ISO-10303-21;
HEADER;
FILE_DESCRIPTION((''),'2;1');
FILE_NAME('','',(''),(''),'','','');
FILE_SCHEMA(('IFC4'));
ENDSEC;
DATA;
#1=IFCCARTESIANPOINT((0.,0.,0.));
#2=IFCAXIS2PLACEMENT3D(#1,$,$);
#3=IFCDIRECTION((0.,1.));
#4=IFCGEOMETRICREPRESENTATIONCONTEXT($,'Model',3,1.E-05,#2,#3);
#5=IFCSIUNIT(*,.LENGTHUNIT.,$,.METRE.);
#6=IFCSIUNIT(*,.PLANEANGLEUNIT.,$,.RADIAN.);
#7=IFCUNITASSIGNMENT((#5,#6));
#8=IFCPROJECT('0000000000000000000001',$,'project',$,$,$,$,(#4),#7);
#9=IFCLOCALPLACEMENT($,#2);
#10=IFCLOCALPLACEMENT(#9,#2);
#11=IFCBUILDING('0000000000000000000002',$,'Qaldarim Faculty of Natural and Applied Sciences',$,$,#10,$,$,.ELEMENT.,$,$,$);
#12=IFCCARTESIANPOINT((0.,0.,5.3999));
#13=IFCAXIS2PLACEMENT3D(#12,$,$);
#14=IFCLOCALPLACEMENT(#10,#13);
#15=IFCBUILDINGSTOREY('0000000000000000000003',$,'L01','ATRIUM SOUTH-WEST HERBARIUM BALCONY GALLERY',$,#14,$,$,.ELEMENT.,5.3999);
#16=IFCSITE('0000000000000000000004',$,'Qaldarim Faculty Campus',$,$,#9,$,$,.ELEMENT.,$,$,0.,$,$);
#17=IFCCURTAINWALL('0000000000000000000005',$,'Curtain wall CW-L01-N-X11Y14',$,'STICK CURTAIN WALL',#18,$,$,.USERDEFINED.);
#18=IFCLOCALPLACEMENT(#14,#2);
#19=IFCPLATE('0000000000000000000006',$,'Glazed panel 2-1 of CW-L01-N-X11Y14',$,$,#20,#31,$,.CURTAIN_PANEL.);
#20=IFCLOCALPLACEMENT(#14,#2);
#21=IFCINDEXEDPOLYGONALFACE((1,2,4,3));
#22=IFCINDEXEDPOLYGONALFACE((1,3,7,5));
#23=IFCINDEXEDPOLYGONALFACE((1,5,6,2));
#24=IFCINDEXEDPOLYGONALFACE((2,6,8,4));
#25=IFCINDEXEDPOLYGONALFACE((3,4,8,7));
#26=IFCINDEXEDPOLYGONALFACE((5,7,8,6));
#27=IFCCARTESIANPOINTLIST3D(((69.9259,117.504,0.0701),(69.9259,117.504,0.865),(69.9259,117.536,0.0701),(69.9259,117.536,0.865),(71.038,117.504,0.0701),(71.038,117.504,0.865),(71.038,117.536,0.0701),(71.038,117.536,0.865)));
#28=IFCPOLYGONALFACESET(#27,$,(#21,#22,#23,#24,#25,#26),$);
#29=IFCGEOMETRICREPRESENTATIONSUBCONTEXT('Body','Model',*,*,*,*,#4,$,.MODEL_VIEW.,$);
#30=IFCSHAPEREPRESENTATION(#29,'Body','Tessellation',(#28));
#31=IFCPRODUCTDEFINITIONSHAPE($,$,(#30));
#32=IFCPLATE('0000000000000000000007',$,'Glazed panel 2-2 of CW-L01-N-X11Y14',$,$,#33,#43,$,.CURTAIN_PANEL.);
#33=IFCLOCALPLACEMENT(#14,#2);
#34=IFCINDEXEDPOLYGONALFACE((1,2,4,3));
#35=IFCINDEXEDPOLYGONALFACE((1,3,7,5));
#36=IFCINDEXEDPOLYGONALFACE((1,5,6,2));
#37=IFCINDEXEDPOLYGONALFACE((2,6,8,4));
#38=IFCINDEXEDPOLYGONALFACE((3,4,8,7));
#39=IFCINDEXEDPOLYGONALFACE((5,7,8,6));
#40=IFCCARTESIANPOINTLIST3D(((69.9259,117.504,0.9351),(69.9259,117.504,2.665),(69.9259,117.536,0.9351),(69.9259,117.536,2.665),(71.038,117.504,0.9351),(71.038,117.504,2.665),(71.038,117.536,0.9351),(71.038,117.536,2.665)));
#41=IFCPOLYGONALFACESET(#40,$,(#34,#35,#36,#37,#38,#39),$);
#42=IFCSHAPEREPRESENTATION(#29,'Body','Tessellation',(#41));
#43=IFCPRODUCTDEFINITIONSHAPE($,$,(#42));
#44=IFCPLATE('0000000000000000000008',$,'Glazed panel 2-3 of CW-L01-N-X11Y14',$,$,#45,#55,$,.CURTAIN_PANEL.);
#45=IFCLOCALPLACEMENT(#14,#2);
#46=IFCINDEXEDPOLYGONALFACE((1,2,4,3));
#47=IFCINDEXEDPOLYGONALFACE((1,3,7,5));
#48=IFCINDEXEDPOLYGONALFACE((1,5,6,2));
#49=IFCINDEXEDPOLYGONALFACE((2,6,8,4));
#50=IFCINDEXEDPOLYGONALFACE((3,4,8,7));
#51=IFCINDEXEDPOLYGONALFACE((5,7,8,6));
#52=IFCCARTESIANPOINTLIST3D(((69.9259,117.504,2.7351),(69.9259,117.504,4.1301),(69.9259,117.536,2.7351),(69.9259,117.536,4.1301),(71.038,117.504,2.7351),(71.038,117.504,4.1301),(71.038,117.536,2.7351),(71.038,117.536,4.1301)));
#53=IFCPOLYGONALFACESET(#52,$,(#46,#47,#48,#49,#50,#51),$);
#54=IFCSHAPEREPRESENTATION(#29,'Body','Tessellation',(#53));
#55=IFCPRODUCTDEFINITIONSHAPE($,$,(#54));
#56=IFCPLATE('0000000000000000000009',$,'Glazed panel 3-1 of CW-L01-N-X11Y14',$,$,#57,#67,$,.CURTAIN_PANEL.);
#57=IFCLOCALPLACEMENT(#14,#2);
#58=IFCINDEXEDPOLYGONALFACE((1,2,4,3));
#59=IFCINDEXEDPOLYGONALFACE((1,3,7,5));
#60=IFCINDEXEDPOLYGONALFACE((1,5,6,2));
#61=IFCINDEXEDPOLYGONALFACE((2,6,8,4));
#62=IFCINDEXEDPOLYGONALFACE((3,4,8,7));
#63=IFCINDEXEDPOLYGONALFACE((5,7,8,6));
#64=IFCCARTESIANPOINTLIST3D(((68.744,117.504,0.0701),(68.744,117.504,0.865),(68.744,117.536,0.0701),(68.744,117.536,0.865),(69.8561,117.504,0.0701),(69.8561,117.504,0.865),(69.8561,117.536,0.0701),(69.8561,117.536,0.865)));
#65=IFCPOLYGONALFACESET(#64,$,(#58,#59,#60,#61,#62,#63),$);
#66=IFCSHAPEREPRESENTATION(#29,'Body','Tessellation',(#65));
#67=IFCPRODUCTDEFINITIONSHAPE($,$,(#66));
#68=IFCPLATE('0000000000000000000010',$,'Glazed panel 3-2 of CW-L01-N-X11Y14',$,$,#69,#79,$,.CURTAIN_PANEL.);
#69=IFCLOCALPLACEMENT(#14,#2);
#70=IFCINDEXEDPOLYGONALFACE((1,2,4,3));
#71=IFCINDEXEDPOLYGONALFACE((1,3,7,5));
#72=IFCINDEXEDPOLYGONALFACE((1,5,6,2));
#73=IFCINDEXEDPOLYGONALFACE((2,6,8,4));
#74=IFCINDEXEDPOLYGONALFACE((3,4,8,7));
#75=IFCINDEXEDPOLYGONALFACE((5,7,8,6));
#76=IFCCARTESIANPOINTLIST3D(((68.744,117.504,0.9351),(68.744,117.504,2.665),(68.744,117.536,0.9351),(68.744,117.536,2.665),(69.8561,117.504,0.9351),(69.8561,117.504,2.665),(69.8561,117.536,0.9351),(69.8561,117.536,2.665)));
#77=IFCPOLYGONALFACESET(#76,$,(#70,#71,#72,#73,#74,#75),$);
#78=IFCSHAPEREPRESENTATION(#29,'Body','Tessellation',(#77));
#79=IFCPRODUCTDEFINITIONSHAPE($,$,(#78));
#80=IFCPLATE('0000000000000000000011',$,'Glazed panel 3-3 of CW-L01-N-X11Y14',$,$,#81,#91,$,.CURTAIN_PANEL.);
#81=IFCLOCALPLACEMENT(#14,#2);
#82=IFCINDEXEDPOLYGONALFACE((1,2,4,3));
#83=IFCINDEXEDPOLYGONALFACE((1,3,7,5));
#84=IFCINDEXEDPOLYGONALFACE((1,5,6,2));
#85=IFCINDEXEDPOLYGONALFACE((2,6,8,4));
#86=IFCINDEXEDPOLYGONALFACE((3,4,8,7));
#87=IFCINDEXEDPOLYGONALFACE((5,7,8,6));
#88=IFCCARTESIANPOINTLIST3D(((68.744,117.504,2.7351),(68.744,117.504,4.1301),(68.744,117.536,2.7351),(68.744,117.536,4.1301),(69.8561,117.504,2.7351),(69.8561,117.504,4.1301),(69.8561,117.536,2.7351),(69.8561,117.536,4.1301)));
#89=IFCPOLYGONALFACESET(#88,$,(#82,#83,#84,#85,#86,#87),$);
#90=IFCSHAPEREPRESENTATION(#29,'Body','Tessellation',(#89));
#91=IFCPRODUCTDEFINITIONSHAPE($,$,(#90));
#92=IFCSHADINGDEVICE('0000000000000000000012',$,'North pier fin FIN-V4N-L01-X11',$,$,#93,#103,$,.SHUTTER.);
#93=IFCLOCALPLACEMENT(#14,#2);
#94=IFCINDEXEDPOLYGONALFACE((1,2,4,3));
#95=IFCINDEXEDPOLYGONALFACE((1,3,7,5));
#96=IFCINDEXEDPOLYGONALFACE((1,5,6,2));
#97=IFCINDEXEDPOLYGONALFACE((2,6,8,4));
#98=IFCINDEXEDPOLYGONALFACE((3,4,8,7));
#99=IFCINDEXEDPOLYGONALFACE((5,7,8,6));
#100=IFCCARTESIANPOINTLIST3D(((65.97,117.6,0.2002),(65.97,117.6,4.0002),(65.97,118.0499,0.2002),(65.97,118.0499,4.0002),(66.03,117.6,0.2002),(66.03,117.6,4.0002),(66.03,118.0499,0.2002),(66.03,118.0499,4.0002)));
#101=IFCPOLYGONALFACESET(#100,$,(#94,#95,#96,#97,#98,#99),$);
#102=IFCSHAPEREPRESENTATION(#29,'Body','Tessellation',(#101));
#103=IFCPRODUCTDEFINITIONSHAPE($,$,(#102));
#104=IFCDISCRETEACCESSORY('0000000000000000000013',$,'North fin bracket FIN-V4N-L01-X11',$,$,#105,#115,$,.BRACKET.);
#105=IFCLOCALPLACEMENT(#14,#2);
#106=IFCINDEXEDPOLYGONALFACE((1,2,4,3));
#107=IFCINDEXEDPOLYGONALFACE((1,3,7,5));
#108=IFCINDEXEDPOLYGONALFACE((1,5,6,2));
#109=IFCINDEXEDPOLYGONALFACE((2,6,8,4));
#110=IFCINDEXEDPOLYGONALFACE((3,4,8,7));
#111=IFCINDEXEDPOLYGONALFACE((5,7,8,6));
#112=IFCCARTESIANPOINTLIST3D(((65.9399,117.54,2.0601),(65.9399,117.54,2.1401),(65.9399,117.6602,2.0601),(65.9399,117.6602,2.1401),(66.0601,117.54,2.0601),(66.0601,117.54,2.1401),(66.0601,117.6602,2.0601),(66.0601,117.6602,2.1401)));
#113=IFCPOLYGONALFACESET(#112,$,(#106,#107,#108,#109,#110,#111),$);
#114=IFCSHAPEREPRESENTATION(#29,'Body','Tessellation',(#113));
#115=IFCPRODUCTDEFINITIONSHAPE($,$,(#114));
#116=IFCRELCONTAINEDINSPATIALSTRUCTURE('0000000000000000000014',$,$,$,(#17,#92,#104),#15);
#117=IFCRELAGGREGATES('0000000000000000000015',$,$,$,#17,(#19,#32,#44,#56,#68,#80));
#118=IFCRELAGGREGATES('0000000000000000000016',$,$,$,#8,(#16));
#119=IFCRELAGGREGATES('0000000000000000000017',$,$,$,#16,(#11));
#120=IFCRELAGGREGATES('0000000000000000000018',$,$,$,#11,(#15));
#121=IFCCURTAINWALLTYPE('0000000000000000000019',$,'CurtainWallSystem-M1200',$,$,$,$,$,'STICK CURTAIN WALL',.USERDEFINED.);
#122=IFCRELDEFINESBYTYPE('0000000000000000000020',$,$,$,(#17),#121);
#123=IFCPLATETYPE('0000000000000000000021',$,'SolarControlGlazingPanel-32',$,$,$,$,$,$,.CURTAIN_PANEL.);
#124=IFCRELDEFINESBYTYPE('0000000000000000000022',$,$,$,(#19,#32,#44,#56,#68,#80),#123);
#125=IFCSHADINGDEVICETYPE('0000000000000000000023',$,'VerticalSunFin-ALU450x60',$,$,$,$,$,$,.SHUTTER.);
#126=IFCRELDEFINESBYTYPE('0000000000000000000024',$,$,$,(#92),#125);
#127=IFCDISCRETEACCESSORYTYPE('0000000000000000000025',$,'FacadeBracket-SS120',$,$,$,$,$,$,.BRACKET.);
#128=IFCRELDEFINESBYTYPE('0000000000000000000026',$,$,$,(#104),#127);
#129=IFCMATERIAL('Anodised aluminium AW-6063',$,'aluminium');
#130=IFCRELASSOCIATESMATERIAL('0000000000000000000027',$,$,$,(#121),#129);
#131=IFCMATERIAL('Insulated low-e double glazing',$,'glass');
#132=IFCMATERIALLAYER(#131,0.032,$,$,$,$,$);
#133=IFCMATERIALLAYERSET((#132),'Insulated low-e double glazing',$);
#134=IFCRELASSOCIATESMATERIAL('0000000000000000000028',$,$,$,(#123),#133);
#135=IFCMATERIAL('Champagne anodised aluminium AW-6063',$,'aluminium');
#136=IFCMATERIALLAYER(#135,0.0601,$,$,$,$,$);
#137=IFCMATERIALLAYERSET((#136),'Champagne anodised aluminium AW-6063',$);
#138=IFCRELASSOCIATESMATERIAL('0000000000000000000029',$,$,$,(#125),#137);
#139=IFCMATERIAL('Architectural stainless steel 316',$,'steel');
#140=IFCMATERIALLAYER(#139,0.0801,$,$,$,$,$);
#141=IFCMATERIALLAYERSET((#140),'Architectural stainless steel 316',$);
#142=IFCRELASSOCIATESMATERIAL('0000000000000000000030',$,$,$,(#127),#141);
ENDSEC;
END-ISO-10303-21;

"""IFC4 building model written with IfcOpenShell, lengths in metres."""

from ifc_helpers import new_model, si_unit, direction, frame, origin, origin_2d, place, context, subcontext, project, spatial, rectangle, extrude, material, layer, layer_set, type_object, element, aggregate, save


model = new_model("IFC4")

# Units and contexts
model_context = context("Model", 3, precision=1e-05, world=origin(), true_north=direction((0.0, 1.0)))
body_context = subcontext(model_context, "Body", "Model", "MODEL_VIEW")
ifc_project = project(units=[si_unit("LENGTHUNIT", "METRE"), si_unit("PLANEANGLEUNIT", "RADIAN")], contexts=[model_context])

# Site, building, storey
site_placement = place(None, origin())
site = spatial("IfcSite", under=ifc_project, at=site_placement, Name="Qaldarim Faculty Campus", CompositionType="ELEMENT", RefElevation=0.0)
building_placement = place(site_placement, origin())
building = spatial("IfcBuilding", under=site, at=building_placement, Name="Qaldarim Faculty of Natural and Applied Sciences", CompositionType="ELEMENT")
storey_placement = place(building_placement, frame((0.0, 0.0, 5.3999)))
storey = spatial("IfcBuildingStorey", under=building, at=storey_placement, Name="L01", Description="ATRIUM SOUTH-WEST HERBARIUM BALCONY GALLERY", CompositionType="ELEMENT", Elevation=5.3999)

# Curtain wall
ifc_material_1 = material(Name="Anodised aluminium AW-6063", Category="aluminium")
curtain_wall_type = type_object("IfcCurtainWallType", Name="CurtainWallSystem-M1200", ElementType="STICK CURTAIN WALL", PredefinedType="USERDEFINED", material=ifc_material_1)
curtain_wall_placement = place(storey_placement, origin())
curtain_wall = element("IfcCurtainWall", 1, at=curtain_wall_placement, inside=storey, type_object=curtain_wall_type, Name="Curtain wall CW-L01-N-X11Y14", ObjectType="STICK CURTAIN WALL", PredefinedType="USERDEFINED")

# Plates
ifc_material_2 = material(Name="Insulated low-e double glazing", Category="glass")
ifc_layer_1 = layer(ifc_material_2, 0.032)
ifc_layer_set_1 = layer_set([ifc_layer_1], Name="Insulated low-e double glazing")
plate_type = type_object("IfcPlateType", Name="SolarControlGlazingPanel-32", PredefinedType="CURTAIN_PANEL", material=ifc_layer_set_1)
plate_1_placement = place(storey_placement, frame((70.4819, 117.52, 0.0701), z_axis=(0.0, 0.0, 1.0), x_axis=(-1.0, 0.0, 0.0)))
plate_1 = element("IfcPlate", 2, at=plate_1_placement, type_object=plate_type, Name="Glazed panel 2-1 of CW-L01-N-X11Y14", PredefinedType="CURTAIN_PANEL", context=body_context, shape_type="SweptSolid", body=[
    extrude(rectangle(XDim=1.1121, YDim=0.032, at=origin_2d()), origin(), (0.0, 0.0, 1.0), 0.7949),
])
plate_2_placement = place(storey_placement, frame((70.4819, 117.52, 0.9351), z_axis=(0.0, 0.0, 1.0), x_axis=(-1.0, 0.0, 0.0)))
plate_2 = element("IfcPlate", 3, at=plate_2_placement, type_object=plate_type, Name="Glazed panel 2-2 of CW-L01-N-X11Y14", PredefinedType="CURTAIN_PANEL", context=body_context, shape_type="SweptSolid", body=[
    extrude(rectangle(XDim=1.1121, YDim=0.032, at=origin_2d()), origin(), (0.0, 0.0, 1.0), 1.73),
])
plate_3_placement = place(storey_placement, frame((70.4819, 117.52, 2.7351), z_axis=(0.0, 0.0, 1.0), x_axis=(-1.0, 0.0, 0.0)))
plate_3 = element("IfcPlate", 4, at=plate_3_placement, type_object=plate_type, Name="Glazed panel 2-3 of CW-L01-N-X11Y14", PredefinedType="CURTAIN_PANEL", context=body_context, shape_type="SweptSolid", body=[
    extrude(rectangle(XDim=1.1121, YDim=0.032, at=origin_2d()), origin(), (0.0, 0.0, 1.0), 1.395),
])
plate_4_placement = place(storey_placement, frame((69.3, 117.52, 0.0701), z_axis=(0.0, 0.0, 1.0), x_axis=(-1.0, 0.0, 0.0)))
plate_4 = element("IfcPlate", 5, at=plate_4_placement, type_object=plate_type, Name="Glazed panel 3-1 of CW-L01-N-X11Y14", PredefinedType="CURTAIN_PANEL", context=body_context, shape_type="SweptSolid", body=[
    extrude(rectangle(XDim=1.1121, YDim=0.032, at=origin_2d()), origin(), (0.0, 0.0, 1.0), 0.7949),
])
plate_5_placement = place(storey_placement, frame((69.3, 117.52, 0.9351), z_axis=(0.0, 0.0, 1.0), x_axis=(-1.0, 0.0, 0.0)))
plate_5 = element("IfcPlate", 6, at=plate_5_placement, type_object=plate_type, Name="Glazed panel 3-2 of CW-L01-N-X11Y14", PredefinedType="CURTAIN_PANEL", context=body_context, shape_type="SweptSolid", body=[
    extrude(rectangle(XDim=1.1121, YDim=0.032, at=origin_2d()), origin(), (0.0, 0.0, 1.0), 1.73),
])
plate_6_placement = place(storey_placement, frame((69.3, 117.52, 2.7351), z_axis=(0.0, 0.0, 1.0), x_axis=(-1.0, 0.0, 0.0)))
plate_6 = element("IfcPlate", 7, at=plate_6_placement, type_object=plate_type, Name="Glazed panel 3-3 of CW-L01-N-X11Y14", PredefinedType="CURTAIN_PANEL", context=body_context, shape_type="SweptSolid", body=[
    extrude(rectangle(XDim=1.1121, YDim=0.032, at=origin_2d()), origin(), (0.0, 0.0, 1.0), 1.395),
])
aggregate(curtain_wall, [plate_1, plate_2, plate_3, plate_4, plate_5, plate_6])

# Shading device
ifc_material_3 = material(Name="Champagne anodised aluminium AW-6063", Category="aluminium")
ifc_layer_2 = layer(ifc_material_3, 0.0601)
ifc_layer_set_2 = layer_set([ifc_layer_2], Name="Champagne anodised aluminium AW-6063")
shading_device_type = type_object("IfcShadingDeviceType", Name="VerticalSunFin-ALU450x60", PredefinedType="SHUTTER", material=ifc_layer_set_2)
shading_device_placement = place(storey_placement, frame((66.0, 117.825, 0.2002), z_axis=(0.0, 0.0, 1.0), x_axis=(1.0, 0.0, 0.0)))
element("IfcShadingDevice", 8, at=shading_device_placement, inside=storey, type_object=shading_device_type, Name="North pier fin FIN-V4N-L01-X11", PredefinedType="SHUTTER", context=body_context, shape_type="SweptSolid", body=[
    extrude(rectangle(XDim=0.0601, YDim=0.45, at=origin_2d()), origin(), (0.0, 0.0, 1.0), 3.8),
])

# Discrete accessory
ifc_material_4 = material(Name="Architectural stainless steel 316", Category="steel")
ifc_layer_3 = layer(ifc_material_4, 0.0801)
ifc_layer_set_3 = layer_set([ifc_layer_3], Name="Architectural stainless steel 316")
discrete_accessory_type = type_object("IfcDiscreteAccessoryType", Name="FacadeBracket-SS120", PredefinedType="BRACKET", material=ifc_layer_set_3)
discrete_accessory_placement = place(storey_placement, frame((66.0, 117.6001, 2.0601), z_axis=(0.0, 0.0, 1.0), x_axis=(1.0, 0.0, 0.0)))
element("IfcDiscreteAccessory", 9, at=discrete_accessory_placement, inside=storey, type_object=discrete_accessory_type, Name="North fin bracket FIN-V4N-L01-X11", PredefinedType="BRACKET", context=body_context, shape_type="SweptSolid", body=[
    extrude(rectangle(XDim=0.1201, YDim=0.1201, at=origin_2d()), origin(), (0.0, 0.0, 1.0), 0.0801),
])

save(model, "model.ifc")
